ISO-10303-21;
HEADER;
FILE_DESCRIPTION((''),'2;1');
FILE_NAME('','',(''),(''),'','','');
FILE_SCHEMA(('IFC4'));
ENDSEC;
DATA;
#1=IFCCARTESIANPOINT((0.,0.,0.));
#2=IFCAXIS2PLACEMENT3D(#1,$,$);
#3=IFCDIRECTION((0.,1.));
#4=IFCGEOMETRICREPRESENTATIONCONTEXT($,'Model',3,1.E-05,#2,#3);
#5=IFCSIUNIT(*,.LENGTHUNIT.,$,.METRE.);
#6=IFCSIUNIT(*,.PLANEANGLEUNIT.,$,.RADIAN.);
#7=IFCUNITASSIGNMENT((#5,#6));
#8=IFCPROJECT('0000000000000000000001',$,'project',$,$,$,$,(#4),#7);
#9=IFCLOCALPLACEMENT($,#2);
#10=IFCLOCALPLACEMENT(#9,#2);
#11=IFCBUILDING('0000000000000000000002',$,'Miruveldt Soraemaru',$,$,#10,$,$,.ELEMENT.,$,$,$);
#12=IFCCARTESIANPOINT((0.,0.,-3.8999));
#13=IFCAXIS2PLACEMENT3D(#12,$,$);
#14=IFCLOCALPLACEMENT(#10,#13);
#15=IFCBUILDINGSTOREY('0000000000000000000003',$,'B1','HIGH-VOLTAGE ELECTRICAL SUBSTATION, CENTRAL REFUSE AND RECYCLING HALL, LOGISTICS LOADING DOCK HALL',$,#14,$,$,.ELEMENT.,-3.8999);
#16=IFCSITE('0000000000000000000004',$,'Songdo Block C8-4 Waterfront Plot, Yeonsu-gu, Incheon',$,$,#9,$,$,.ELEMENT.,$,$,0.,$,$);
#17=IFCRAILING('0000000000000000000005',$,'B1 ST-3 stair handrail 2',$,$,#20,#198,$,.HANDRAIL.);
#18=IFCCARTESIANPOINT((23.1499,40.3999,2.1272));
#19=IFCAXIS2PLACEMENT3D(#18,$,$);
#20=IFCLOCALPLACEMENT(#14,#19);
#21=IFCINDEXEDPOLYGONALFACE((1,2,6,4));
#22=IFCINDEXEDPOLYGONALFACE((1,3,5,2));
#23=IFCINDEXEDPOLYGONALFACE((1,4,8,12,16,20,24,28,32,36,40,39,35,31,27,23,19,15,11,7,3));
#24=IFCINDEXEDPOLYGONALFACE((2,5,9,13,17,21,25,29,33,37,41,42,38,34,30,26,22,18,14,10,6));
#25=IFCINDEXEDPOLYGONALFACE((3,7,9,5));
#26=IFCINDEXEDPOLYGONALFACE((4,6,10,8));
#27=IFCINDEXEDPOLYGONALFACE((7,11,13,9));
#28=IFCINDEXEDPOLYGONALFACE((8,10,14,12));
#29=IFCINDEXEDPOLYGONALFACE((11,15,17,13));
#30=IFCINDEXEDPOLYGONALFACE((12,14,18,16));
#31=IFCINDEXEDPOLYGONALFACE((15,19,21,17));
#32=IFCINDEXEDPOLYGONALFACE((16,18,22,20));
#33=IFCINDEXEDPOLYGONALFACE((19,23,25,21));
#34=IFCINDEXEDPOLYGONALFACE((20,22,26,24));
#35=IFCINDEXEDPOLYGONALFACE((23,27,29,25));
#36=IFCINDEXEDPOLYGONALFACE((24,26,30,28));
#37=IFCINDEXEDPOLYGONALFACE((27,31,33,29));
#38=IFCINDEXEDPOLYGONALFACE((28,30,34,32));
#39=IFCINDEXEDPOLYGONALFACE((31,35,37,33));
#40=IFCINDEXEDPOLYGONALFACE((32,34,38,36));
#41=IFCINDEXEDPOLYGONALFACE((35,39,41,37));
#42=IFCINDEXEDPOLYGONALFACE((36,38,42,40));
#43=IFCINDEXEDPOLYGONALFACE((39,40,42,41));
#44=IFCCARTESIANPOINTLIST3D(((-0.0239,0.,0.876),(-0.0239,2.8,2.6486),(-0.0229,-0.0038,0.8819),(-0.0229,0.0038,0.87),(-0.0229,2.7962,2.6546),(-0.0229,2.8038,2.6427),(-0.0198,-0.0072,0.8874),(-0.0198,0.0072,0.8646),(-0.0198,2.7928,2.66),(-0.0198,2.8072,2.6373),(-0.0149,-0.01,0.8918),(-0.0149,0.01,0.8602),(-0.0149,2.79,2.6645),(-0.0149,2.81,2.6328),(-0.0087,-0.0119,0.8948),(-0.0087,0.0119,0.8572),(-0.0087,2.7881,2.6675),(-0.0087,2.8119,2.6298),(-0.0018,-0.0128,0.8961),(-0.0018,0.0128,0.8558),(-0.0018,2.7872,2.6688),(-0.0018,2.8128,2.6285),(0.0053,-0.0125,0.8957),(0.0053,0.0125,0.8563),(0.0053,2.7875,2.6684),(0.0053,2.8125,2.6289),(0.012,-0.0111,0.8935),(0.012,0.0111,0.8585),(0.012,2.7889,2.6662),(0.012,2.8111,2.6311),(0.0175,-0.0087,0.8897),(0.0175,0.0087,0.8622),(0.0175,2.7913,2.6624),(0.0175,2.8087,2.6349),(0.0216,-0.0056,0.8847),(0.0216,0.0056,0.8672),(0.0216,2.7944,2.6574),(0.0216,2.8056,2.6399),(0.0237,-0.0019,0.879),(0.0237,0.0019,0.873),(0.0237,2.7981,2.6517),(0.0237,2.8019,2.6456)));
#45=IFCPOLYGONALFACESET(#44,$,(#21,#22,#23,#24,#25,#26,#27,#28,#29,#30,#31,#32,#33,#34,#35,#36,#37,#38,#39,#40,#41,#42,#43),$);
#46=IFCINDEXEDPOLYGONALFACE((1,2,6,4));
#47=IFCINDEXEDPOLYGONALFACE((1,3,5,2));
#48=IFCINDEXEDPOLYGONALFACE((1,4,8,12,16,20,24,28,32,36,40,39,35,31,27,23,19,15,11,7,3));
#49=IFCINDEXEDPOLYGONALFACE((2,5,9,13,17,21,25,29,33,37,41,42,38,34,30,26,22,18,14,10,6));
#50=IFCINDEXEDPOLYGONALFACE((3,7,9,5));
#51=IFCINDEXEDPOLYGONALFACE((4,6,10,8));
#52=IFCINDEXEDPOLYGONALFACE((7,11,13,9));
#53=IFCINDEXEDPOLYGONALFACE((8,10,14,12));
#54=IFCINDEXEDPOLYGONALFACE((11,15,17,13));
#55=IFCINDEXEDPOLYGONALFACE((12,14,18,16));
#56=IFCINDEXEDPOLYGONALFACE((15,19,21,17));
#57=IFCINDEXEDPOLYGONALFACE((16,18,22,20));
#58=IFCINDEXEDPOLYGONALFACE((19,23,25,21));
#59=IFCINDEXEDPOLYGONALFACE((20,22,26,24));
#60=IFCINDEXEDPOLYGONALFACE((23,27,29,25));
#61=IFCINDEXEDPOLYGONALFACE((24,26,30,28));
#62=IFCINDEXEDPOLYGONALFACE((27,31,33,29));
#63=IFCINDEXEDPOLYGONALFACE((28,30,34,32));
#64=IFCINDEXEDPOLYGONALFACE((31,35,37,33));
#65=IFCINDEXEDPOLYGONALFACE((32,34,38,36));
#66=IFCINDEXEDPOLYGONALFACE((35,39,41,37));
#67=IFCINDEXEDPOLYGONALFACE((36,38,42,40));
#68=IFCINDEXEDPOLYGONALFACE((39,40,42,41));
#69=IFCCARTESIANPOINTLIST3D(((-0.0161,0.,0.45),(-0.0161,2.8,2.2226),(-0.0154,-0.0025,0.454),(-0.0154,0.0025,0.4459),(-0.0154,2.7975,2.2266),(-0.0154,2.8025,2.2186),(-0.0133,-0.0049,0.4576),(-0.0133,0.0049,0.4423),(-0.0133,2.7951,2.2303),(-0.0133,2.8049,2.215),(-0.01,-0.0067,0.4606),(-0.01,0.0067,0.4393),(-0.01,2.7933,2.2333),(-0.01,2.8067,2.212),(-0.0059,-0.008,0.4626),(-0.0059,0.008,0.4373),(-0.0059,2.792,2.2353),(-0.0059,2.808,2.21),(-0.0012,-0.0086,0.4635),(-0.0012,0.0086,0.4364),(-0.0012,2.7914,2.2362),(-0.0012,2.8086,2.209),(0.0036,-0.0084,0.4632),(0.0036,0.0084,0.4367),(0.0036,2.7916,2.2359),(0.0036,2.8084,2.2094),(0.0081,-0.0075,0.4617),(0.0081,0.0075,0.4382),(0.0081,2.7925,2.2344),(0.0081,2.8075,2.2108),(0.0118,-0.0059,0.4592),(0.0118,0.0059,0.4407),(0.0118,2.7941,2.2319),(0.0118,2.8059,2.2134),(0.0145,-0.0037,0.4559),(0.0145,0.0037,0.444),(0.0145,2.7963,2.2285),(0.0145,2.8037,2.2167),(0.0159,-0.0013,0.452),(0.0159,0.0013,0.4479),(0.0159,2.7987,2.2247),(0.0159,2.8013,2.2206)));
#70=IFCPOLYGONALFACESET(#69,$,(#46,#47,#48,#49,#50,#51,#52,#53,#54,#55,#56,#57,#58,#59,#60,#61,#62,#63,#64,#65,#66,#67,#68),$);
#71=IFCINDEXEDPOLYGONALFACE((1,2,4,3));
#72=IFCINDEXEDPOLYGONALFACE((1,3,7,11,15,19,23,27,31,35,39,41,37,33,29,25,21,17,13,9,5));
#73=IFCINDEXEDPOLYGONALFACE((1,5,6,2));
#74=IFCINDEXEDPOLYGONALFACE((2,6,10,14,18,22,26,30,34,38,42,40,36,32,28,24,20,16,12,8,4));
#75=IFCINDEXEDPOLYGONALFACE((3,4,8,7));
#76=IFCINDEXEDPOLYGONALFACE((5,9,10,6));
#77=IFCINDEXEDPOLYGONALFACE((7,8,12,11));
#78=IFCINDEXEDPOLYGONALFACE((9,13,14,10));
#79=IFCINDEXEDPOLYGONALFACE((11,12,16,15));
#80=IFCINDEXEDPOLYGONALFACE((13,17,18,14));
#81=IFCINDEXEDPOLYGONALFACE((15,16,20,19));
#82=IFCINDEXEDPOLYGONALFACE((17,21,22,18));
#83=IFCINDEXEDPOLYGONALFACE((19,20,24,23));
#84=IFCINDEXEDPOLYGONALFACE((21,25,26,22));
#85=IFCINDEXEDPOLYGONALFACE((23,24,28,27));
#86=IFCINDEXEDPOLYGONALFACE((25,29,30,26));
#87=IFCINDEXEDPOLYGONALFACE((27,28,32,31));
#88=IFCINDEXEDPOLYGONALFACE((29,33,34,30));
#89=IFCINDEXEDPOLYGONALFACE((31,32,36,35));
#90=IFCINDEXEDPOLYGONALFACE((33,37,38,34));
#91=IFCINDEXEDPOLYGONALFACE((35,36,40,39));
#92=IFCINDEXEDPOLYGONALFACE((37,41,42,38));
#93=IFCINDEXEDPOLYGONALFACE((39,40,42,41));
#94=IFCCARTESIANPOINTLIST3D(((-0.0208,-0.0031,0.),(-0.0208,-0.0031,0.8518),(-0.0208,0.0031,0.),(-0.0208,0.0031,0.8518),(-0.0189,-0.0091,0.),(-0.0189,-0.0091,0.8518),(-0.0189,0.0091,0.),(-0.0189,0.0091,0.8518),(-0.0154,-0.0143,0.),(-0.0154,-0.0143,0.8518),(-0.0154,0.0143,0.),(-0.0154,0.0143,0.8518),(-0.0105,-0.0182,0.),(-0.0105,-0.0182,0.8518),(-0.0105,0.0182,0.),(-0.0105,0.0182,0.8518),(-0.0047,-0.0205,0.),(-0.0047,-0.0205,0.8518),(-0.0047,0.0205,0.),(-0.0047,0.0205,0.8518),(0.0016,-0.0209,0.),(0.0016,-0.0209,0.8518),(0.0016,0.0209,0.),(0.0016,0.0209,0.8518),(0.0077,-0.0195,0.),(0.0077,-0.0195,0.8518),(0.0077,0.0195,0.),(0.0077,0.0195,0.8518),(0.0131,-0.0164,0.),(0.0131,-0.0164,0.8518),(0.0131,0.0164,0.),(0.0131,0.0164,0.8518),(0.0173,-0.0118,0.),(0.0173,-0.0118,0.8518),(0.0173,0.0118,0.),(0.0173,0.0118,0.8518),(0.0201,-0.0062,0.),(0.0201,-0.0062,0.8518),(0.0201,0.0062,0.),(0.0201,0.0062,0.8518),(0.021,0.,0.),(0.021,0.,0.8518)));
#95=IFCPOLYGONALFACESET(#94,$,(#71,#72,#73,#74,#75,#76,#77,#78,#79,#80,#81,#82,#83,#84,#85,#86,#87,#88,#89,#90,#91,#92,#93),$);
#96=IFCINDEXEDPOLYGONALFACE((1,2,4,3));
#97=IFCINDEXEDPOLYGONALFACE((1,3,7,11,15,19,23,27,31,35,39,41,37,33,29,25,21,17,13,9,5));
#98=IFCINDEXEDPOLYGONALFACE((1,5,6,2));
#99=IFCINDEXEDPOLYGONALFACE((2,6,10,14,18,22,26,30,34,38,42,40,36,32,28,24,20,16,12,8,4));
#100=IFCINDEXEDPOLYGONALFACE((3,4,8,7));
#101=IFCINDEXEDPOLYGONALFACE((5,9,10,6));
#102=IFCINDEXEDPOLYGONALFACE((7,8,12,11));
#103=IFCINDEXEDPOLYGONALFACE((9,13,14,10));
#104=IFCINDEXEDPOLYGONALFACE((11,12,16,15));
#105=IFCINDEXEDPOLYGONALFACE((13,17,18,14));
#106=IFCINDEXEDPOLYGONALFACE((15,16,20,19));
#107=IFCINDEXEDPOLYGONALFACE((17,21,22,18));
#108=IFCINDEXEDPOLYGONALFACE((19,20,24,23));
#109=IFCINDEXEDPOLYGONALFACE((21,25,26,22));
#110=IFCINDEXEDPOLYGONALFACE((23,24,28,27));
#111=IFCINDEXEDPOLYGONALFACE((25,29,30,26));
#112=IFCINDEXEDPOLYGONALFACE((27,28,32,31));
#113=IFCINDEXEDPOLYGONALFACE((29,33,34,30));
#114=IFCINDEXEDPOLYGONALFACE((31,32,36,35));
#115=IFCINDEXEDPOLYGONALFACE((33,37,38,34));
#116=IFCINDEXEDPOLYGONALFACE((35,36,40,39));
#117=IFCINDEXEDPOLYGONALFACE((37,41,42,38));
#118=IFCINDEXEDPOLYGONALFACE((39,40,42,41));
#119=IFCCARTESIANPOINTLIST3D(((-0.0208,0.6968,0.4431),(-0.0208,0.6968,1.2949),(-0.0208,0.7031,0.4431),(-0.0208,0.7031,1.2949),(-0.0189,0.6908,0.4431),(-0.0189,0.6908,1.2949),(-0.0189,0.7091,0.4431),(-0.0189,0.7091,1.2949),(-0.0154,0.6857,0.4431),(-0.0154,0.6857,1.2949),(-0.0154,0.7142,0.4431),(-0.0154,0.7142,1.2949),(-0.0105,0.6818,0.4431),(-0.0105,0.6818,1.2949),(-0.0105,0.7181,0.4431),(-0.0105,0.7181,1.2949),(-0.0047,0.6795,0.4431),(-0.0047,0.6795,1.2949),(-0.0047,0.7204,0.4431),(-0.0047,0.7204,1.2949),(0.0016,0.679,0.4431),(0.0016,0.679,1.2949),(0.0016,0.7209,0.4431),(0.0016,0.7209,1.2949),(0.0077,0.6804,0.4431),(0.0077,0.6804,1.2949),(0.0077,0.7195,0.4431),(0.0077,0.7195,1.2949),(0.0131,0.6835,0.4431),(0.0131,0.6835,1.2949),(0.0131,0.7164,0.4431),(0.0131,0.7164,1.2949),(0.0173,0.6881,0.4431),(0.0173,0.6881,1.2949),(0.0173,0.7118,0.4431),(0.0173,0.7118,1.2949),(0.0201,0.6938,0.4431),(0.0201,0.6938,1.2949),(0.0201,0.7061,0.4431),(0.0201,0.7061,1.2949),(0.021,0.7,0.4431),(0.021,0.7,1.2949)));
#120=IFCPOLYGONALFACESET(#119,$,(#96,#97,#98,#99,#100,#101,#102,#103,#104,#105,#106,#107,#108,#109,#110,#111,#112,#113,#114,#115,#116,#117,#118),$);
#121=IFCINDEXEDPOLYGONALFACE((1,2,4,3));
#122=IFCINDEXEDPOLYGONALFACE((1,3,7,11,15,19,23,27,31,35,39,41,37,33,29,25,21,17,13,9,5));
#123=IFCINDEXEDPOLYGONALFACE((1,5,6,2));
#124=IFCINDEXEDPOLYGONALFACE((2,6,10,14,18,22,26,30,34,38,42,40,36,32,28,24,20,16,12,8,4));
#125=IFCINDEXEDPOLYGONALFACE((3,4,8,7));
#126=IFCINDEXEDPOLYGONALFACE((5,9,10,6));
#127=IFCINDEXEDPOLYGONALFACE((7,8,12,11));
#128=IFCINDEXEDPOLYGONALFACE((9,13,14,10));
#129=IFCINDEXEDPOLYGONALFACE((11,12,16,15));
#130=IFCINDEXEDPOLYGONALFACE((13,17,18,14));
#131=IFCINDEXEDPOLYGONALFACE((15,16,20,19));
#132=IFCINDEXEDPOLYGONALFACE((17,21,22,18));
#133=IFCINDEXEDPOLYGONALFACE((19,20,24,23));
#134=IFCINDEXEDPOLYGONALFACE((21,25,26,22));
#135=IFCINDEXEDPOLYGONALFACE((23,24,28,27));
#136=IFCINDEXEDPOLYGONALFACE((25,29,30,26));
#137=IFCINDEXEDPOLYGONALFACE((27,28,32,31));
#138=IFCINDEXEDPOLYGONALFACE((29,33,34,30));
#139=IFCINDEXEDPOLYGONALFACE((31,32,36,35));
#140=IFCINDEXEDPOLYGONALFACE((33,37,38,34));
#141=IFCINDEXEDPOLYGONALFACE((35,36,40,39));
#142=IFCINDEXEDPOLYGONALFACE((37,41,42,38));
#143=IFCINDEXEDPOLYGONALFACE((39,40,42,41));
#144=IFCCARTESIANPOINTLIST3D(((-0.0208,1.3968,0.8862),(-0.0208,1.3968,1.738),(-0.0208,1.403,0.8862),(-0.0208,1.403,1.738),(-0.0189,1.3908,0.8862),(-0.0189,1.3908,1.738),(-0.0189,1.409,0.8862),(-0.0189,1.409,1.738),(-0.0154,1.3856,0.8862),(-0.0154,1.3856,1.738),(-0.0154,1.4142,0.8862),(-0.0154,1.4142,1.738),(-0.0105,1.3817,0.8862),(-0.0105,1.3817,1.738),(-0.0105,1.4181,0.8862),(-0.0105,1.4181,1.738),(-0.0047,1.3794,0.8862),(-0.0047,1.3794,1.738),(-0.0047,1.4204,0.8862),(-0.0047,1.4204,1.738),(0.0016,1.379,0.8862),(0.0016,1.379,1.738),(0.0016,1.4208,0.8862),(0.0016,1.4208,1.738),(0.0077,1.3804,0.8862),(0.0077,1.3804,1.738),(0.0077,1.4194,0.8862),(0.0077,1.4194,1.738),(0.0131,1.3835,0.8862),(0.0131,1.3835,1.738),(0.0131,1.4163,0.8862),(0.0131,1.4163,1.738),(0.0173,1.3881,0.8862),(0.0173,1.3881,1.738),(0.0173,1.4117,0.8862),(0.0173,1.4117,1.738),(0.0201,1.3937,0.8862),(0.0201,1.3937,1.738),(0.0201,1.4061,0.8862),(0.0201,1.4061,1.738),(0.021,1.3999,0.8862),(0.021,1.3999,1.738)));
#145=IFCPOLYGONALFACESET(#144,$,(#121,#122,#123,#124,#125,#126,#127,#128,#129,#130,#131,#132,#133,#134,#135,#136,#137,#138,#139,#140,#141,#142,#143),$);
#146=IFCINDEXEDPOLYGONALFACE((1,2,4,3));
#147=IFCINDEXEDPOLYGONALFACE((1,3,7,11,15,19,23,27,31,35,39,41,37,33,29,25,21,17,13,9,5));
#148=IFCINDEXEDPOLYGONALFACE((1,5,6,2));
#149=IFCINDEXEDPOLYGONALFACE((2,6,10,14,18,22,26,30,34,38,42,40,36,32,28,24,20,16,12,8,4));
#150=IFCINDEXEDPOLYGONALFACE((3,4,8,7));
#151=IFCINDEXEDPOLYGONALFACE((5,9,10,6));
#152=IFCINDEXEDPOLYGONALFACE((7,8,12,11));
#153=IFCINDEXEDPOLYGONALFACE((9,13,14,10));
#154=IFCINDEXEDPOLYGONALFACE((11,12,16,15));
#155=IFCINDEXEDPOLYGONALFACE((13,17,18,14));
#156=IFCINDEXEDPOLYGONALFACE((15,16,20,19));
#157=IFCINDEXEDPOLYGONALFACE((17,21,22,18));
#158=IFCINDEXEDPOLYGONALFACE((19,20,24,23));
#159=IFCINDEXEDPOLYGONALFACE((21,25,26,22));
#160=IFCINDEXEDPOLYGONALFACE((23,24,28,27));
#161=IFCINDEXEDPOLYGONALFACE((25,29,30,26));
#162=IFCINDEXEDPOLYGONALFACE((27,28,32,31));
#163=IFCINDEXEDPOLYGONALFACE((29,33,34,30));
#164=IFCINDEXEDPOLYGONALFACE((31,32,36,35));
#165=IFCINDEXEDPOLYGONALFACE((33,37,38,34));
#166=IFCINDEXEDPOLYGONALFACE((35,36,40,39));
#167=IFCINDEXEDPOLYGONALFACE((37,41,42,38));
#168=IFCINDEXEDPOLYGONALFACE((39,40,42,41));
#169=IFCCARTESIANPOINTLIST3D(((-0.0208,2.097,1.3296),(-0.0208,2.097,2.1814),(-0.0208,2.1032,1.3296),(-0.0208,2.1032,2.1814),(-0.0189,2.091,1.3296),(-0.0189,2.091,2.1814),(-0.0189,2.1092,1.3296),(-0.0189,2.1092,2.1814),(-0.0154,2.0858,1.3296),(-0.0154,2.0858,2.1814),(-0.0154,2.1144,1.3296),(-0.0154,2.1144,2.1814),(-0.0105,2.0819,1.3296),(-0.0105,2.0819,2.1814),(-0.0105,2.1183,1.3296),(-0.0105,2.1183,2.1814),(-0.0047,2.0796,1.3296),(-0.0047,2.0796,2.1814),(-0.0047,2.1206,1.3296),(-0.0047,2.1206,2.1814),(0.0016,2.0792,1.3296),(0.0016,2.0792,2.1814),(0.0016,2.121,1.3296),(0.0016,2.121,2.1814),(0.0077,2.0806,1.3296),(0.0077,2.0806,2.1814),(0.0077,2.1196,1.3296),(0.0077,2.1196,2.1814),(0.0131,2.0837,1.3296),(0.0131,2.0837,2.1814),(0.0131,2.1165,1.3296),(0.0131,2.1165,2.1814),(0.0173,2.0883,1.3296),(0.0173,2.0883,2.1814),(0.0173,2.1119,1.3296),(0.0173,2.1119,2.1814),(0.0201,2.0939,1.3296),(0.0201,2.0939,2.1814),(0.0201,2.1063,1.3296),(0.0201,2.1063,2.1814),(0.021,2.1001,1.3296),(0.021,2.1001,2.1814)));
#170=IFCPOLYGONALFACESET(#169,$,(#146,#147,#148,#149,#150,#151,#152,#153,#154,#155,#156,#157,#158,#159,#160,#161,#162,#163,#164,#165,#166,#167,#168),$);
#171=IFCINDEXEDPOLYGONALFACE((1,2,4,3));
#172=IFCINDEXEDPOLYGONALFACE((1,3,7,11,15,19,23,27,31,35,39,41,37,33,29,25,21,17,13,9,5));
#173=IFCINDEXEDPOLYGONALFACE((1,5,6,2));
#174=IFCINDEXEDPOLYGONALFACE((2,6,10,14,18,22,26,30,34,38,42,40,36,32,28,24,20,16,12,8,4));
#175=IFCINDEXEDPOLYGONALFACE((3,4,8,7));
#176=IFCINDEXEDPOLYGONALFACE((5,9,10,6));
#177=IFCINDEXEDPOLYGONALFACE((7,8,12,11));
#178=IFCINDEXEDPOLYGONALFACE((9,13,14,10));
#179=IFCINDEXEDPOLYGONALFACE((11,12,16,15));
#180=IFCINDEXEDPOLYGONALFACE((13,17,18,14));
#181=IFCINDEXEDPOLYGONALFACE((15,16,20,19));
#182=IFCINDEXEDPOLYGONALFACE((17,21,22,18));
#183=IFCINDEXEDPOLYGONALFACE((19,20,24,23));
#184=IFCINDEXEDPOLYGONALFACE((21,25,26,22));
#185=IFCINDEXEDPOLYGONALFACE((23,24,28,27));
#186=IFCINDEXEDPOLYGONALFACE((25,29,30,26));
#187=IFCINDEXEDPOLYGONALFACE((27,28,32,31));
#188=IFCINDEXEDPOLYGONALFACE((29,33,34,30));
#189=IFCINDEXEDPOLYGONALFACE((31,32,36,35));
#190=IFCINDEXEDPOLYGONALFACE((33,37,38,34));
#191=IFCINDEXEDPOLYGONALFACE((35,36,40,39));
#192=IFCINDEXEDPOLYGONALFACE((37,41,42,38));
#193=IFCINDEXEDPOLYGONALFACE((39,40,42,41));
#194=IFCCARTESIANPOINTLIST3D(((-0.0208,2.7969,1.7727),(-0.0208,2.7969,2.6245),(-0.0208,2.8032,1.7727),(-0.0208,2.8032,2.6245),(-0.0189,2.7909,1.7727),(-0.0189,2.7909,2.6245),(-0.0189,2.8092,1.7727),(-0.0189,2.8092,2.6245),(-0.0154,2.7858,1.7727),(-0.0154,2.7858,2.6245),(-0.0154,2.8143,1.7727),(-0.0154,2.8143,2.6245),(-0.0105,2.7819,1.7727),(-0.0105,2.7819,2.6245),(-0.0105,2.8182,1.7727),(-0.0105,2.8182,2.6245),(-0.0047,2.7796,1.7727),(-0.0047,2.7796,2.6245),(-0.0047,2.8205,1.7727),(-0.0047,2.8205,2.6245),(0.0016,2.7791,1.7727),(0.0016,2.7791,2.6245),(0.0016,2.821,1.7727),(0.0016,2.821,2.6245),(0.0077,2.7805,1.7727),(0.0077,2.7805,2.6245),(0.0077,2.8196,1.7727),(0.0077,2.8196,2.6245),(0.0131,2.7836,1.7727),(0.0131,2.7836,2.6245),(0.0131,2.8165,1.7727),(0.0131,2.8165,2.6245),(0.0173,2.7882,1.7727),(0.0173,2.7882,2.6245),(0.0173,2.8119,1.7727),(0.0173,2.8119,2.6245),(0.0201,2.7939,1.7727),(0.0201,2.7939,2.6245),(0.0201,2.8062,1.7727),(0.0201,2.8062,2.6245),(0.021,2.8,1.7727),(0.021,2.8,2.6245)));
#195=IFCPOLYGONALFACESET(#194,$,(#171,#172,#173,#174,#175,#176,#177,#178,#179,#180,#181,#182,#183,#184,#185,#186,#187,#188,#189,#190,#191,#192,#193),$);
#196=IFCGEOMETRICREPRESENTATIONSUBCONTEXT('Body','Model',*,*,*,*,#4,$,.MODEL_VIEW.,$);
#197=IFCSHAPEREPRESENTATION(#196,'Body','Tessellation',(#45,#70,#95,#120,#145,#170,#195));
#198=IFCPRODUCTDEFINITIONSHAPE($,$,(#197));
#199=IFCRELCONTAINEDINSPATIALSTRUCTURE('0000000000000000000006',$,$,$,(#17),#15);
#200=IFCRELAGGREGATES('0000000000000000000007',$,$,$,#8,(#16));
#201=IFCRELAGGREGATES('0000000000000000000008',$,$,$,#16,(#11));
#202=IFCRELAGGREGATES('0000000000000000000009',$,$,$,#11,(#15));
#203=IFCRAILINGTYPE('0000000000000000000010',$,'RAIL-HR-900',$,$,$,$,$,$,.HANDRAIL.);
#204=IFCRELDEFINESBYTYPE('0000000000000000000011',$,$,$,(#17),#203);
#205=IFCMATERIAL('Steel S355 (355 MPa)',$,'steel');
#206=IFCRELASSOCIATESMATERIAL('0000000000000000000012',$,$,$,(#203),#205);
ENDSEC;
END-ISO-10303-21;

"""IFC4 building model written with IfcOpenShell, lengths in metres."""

from ifc_helpers import new_model, si_unit, direction, frame, origin, origin_2d, place, context, subcontext, project, spatial, circle, extrude, material, type_object, element, save


model = new_model("IFC4")

# Units and contexts
model_context = context("Model", 3, precision=1e-05, world=origin(), true_north=direction((0.0, 1.0)))
body_context = subcontext(model_context, "Body", "Model", "MODEL_VIEW")
ifc_project = project(units=[si_unit("LENGTHUNIT", "METRE"), si_unit("PLANEANGLEUNIT", "RADIAN")], contexts=[model_context])

# Site, building, storey
site_placement = place(None, origin())
site = spatial("IfcSite", under=ifc_project, at=site_placement, Name="Songdo Block C8-4 Waterfront Plot, Yeonsu-gu, Incheon", CompositionType="ELEMENT", RefElevation=0.0)
building_placement = place(site_placement, origin())
building = spatial("IfcBuilding", under=site, at=building_placement, Name="Miruveldt Soraemaru", CompositionType="ELEMENT")
storey_placement = place(building_placement, frame((0.0, 0.0, -3.8999)))
storey = spatial("IfcBuildingStorey", under=building, at=storey_placement, Name="B1", Description="HIGH-VOLTAGE ELECTRICAL SUBSTATION, CENTRAL REFUSE AND RECYCLING HALL, LOGISTICS LOADING DOCK HALL", CompositionType="ELEMENT", Elevation=-3.8999)

# Railing
ifc_material_1 = material(Name="Steel S355 (355 MPa)", Category="steel")
railing_type_1 = type_object("IfcRailingType", Name="RAIL-HR-900", PredefinedType="HANDRAIL", material=ifc_material_1)
railing_1_placement = place(storey_placement, frame((23.1499, 40.3999, 2.1272)))
element("IfcRailing", 1, at=railing_1_placement, inside=storey, type_object=railing_type_1, Name="B1 ST-3 stair handrail 2", PredefinedType="HANDRAIL", context=body_context, shape_type="SweptSolid", body=[
    extrude(circle(Radius=0.0239, at=origin_2d()), frame((0.0, 0.0, 0.876), z_axis=(0.0, 0.844909, 0.53491), x_axis=(-1.0, 0.0, 0.0)), (0.0, 0.0, 1.0), 3.314),
    extrude(circle(Radius=0.0161, at=origin_2d()), frame((0.0, 0.0, 0.45), z_axis=(0.0, 0.844909, 0.53491), x_axis=(-1.0, 0.0, 0.0)), (0.0, 0.0, 1.0), 3.314),
    extrude(circle(Radius=0.021, at=origin_2d()), origin(), (0.0, 0.0, 1.0), 0.8518),
    extrude(circle(Radius=0.021, at=origin_2d()), frame((0.0, 0.7, 0.4431)), (0.0, 0.0, 1.0), 0.8518),
    extrude(circle(Radius=0.021, at=origin_2d()), frame((0.0, 1.3999, 0.8862)), (0.0, 0.0, 1.0), 0.8518),
    extrude(circle(Radius=0.021, at=origin_2d()), frame((0.0, 2.1001, 1.3296)), (0.0, 0.0, 1.0), 0.8518),
    extrude(circle(Radius=0.021, at=origin_2d()), frame((0.0, 2.8, 1.7727)), (0.0, 0.0, 1.0), 0.8518),
])

save(model, "model.ifc")
